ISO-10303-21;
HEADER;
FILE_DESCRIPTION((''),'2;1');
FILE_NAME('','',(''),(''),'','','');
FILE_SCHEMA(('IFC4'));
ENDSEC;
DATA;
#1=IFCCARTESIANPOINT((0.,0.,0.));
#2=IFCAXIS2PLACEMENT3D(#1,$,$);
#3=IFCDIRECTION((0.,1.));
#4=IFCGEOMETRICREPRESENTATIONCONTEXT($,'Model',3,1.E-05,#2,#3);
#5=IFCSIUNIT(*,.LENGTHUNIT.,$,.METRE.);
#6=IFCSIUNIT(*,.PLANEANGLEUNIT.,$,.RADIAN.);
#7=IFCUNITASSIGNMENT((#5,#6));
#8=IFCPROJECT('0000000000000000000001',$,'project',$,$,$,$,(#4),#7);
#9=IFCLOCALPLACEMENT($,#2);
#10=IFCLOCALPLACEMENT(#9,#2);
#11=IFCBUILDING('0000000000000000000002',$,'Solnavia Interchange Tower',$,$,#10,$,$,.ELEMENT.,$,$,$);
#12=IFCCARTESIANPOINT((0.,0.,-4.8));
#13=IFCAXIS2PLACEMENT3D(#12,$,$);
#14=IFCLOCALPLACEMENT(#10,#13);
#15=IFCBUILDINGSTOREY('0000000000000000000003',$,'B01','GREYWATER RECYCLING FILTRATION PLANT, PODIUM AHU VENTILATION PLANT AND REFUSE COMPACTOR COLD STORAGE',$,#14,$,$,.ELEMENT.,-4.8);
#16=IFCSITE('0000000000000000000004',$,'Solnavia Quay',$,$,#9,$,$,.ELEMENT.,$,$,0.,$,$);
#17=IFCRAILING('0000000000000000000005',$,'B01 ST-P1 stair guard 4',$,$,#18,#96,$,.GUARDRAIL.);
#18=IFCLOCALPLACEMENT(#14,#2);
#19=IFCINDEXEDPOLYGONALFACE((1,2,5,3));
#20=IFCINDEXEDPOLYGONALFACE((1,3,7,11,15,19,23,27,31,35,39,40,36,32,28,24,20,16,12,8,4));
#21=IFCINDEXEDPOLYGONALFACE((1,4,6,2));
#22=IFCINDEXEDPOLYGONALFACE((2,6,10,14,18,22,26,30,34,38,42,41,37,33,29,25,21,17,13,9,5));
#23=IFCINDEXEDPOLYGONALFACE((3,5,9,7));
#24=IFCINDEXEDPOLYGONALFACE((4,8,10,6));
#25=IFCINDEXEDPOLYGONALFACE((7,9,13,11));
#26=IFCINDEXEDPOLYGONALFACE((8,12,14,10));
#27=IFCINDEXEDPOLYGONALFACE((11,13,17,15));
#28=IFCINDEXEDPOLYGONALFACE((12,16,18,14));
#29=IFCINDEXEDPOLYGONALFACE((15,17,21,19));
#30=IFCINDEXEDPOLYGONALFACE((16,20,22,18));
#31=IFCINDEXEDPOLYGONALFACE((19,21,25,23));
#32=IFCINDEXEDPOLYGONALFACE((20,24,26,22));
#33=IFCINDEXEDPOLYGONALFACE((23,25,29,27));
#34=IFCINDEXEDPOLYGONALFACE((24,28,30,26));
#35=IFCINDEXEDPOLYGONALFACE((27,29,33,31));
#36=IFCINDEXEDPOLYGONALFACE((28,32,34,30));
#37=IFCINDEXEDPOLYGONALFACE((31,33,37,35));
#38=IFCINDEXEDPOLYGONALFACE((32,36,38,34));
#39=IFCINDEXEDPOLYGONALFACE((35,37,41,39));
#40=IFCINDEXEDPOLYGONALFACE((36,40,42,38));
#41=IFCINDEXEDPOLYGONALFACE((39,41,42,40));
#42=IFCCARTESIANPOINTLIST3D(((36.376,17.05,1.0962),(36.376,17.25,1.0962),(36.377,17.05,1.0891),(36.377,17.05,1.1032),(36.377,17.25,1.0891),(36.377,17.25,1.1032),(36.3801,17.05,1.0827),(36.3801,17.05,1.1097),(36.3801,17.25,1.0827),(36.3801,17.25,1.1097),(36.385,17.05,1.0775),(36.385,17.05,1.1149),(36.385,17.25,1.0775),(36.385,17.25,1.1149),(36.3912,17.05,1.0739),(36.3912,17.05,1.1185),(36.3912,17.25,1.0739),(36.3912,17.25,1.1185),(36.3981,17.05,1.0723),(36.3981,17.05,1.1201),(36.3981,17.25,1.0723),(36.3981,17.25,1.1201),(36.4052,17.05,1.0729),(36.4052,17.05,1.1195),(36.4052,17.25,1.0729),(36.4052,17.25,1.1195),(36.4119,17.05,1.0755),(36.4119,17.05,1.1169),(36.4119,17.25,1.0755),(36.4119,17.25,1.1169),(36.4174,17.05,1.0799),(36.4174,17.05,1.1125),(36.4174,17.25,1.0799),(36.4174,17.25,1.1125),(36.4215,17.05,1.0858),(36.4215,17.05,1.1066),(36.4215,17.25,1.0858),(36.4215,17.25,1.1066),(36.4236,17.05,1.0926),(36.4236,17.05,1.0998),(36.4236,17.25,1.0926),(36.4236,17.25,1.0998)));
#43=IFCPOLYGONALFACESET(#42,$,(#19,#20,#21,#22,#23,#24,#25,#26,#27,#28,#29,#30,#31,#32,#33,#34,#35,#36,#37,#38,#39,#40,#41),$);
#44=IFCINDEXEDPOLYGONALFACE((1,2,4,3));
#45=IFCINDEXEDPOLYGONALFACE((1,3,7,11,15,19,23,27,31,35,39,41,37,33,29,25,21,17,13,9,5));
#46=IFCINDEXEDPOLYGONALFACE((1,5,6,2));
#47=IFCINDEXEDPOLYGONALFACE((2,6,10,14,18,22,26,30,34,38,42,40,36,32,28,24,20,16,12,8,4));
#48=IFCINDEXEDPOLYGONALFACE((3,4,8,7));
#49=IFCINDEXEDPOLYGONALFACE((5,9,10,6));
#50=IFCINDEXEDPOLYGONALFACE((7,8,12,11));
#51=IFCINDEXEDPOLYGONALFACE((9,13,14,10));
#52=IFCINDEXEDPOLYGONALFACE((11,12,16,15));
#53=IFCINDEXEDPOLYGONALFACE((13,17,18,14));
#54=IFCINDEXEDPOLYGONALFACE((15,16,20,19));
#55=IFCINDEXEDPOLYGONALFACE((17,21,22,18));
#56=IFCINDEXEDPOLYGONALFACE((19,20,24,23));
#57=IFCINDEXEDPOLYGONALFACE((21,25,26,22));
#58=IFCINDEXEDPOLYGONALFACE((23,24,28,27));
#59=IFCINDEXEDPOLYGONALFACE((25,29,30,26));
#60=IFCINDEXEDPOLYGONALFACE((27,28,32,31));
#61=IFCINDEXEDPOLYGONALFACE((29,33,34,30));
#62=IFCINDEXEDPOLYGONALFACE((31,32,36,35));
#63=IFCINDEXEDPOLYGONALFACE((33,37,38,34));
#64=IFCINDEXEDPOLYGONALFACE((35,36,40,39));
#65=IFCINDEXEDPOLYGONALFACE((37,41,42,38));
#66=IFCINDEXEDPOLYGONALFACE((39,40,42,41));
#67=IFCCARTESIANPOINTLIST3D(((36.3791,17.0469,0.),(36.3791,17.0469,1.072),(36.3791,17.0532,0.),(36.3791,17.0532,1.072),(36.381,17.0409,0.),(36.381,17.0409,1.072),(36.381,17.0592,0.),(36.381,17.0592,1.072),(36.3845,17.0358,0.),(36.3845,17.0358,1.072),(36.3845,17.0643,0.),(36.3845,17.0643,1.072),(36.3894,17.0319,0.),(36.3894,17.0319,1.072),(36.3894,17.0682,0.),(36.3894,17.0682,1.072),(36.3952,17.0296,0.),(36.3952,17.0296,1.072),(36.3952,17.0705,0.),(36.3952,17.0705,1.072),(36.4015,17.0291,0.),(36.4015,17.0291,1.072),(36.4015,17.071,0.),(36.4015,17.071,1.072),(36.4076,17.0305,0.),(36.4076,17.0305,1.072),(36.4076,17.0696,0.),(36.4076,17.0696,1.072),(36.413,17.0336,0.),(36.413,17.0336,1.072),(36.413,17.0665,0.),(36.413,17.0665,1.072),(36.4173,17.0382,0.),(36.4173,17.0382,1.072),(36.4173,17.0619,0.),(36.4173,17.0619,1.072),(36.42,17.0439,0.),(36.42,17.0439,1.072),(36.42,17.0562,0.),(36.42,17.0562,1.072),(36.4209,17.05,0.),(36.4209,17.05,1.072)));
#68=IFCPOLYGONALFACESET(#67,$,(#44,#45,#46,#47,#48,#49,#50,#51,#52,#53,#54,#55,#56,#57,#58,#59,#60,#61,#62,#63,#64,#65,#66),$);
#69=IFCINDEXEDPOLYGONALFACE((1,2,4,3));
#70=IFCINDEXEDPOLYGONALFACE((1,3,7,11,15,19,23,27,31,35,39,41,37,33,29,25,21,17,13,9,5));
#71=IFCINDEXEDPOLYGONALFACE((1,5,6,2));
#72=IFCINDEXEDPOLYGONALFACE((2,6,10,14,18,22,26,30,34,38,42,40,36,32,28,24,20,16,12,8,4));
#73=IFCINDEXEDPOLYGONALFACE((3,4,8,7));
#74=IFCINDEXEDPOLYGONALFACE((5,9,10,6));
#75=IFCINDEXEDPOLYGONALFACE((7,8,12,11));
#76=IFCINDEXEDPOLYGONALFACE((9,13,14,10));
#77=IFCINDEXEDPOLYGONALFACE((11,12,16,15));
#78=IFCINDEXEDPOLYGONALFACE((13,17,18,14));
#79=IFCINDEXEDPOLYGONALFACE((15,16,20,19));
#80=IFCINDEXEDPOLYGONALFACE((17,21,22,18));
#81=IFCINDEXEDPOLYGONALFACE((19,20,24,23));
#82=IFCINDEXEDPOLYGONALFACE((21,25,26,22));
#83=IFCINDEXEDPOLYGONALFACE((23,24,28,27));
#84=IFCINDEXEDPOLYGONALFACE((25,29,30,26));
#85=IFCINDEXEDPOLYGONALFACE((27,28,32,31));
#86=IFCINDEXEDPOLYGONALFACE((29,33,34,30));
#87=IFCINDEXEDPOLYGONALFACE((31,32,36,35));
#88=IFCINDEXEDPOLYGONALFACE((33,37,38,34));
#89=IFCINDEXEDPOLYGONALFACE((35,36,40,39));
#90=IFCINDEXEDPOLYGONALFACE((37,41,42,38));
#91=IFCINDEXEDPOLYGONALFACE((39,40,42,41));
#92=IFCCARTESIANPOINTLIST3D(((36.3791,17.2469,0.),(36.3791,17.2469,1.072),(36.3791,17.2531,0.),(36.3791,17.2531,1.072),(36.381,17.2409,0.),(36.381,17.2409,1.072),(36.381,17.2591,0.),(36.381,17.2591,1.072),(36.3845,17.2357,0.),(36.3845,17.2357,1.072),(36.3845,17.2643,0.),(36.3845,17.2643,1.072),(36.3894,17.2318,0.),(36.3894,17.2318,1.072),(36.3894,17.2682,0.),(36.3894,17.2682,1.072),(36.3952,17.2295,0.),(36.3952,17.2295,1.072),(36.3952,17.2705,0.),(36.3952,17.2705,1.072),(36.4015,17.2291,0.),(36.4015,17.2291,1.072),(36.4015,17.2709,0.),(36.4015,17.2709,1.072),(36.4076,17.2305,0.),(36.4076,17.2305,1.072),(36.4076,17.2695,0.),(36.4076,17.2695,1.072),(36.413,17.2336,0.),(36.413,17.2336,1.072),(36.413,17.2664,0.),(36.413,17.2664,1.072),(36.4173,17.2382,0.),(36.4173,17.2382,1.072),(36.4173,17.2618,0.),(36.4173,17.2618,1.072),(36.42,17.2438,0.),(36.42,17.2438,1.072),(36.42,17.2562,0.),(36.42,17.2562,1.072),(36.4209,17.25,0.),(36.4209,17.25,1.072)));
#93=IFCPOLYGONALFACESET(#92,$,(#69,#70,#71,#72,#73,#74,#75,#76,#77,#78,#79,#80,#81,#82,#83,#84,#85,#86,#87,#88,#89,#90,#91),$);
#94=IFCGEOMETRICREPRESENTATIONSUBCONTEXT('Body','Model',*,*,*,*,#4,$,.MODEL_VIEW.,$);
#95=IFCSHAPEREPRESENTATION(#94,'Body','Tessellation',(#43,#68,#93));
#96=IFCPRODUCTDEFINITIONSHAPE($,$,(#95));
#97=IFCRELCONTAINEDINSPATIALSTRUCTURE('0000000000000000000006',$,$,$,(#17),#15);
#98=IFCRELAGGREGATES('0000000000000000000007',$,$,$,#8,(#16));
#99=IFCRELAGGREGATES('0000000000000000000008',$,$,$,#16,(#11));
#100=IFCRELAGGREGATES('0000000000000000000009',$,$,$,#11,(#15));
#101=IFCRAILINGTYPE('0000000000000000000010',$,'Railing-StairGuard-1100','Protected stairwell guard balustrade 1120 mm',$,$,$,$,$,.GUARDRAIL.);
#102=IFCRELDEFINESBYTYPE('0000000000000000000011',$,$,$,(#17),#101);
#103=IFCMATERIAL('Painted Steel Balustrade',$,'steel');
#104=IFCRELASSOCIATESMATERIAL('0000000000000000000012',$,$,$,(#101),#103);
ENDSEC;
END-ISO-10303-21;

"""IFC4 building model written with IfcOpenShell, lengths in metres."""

from ifc_helpers import new_model, si_unit, direction, frame, origin, origin_2d, place, context, subcontext, project, spatial, circle, extrude, material, type_object, element, save


model = new_model("IFC4")

# Units and contexts
model_context = context("Model", 3, precision=1e-05, world=origin(), true_north=direction((0.0, 1.0)))
body_context = subcontext(model_context, "Body", "Model", "MODEL_VIEW")
ifc_project = project(units=[si_unit("LENGTHUNIT", "METRE"), si_unit("PLANEANGLEUNIT", "RADIAN")], contexts=[model_context])

# Site, building, storey
site_placement = place(None, origin())
site = spatial("IfcSite", under=ifc_project, at=site_placement, Name="Solnavia Quay", CompositionType="ELEMENT", RefElevation=0.0)
building_placement = place(site_placement, origin())
building = spatial("IfcBuilding", under=site, at=building_placement, Name="Solnavia Interchange Tower", CompositionType="ELEMENT")
storey_placement = place(building_placement, frame((0.0, 0.0, -4.8)))
storey = spatial("IfcBuildingStorey", under=building, at=storey_placement, Name="B01", Description="GREYWATER RECYCLING FILTRATION PLANT, PODIUM AHU VENTILATION PLANT AND REFUSE COMPACTOR COLD STORAGE", CompositionType="ELEMENT", Elevation=-4.8)

# Railing
ifc_material_1 = material(Name="Painted Steel Balustrade", Category="steel")
railing_type_1 = type_object("IfcRailingType", Name="Railing-StairGuard-1100", Description="Protected stairwell guard balustrade 1120 mm", PredefinedType="GUARDRAIL", material=ifc_material_1)
railing_1_placement = place(storey_placement, frame((36.3999, 17.05, 0.0)))
element("IfcRailing", 1, at=railing_1_placement, inside=storey, type_object=railing_type_1, Name="B01 ST-P1 stair guard 4", PredefinedType="GUARDRAIL", context=body_context, shape_type="SweptSolid", body=[
    extrude(circle(Radius=0.0239, at=origin_2d()), frame((0.0, 0.0, 1.0962), z_axis=(0.0, 1.0, 0.0), x_axis=(-1.0, 0.0, 0.0)), (0.0, 0.0, 1.0), 0.2),
    extrude(circle(Radius=0.021, at=origin_2d()), origin(), (0.0, 0.0, 1.0), 1.072),
    extrude(circle(Radius=0.021, at=origin_2d()), frame((0.0, 0.2, 0.0)), (0.0, 0.0, 1.0), 1.072),
])

save(model, "model.ifc")
